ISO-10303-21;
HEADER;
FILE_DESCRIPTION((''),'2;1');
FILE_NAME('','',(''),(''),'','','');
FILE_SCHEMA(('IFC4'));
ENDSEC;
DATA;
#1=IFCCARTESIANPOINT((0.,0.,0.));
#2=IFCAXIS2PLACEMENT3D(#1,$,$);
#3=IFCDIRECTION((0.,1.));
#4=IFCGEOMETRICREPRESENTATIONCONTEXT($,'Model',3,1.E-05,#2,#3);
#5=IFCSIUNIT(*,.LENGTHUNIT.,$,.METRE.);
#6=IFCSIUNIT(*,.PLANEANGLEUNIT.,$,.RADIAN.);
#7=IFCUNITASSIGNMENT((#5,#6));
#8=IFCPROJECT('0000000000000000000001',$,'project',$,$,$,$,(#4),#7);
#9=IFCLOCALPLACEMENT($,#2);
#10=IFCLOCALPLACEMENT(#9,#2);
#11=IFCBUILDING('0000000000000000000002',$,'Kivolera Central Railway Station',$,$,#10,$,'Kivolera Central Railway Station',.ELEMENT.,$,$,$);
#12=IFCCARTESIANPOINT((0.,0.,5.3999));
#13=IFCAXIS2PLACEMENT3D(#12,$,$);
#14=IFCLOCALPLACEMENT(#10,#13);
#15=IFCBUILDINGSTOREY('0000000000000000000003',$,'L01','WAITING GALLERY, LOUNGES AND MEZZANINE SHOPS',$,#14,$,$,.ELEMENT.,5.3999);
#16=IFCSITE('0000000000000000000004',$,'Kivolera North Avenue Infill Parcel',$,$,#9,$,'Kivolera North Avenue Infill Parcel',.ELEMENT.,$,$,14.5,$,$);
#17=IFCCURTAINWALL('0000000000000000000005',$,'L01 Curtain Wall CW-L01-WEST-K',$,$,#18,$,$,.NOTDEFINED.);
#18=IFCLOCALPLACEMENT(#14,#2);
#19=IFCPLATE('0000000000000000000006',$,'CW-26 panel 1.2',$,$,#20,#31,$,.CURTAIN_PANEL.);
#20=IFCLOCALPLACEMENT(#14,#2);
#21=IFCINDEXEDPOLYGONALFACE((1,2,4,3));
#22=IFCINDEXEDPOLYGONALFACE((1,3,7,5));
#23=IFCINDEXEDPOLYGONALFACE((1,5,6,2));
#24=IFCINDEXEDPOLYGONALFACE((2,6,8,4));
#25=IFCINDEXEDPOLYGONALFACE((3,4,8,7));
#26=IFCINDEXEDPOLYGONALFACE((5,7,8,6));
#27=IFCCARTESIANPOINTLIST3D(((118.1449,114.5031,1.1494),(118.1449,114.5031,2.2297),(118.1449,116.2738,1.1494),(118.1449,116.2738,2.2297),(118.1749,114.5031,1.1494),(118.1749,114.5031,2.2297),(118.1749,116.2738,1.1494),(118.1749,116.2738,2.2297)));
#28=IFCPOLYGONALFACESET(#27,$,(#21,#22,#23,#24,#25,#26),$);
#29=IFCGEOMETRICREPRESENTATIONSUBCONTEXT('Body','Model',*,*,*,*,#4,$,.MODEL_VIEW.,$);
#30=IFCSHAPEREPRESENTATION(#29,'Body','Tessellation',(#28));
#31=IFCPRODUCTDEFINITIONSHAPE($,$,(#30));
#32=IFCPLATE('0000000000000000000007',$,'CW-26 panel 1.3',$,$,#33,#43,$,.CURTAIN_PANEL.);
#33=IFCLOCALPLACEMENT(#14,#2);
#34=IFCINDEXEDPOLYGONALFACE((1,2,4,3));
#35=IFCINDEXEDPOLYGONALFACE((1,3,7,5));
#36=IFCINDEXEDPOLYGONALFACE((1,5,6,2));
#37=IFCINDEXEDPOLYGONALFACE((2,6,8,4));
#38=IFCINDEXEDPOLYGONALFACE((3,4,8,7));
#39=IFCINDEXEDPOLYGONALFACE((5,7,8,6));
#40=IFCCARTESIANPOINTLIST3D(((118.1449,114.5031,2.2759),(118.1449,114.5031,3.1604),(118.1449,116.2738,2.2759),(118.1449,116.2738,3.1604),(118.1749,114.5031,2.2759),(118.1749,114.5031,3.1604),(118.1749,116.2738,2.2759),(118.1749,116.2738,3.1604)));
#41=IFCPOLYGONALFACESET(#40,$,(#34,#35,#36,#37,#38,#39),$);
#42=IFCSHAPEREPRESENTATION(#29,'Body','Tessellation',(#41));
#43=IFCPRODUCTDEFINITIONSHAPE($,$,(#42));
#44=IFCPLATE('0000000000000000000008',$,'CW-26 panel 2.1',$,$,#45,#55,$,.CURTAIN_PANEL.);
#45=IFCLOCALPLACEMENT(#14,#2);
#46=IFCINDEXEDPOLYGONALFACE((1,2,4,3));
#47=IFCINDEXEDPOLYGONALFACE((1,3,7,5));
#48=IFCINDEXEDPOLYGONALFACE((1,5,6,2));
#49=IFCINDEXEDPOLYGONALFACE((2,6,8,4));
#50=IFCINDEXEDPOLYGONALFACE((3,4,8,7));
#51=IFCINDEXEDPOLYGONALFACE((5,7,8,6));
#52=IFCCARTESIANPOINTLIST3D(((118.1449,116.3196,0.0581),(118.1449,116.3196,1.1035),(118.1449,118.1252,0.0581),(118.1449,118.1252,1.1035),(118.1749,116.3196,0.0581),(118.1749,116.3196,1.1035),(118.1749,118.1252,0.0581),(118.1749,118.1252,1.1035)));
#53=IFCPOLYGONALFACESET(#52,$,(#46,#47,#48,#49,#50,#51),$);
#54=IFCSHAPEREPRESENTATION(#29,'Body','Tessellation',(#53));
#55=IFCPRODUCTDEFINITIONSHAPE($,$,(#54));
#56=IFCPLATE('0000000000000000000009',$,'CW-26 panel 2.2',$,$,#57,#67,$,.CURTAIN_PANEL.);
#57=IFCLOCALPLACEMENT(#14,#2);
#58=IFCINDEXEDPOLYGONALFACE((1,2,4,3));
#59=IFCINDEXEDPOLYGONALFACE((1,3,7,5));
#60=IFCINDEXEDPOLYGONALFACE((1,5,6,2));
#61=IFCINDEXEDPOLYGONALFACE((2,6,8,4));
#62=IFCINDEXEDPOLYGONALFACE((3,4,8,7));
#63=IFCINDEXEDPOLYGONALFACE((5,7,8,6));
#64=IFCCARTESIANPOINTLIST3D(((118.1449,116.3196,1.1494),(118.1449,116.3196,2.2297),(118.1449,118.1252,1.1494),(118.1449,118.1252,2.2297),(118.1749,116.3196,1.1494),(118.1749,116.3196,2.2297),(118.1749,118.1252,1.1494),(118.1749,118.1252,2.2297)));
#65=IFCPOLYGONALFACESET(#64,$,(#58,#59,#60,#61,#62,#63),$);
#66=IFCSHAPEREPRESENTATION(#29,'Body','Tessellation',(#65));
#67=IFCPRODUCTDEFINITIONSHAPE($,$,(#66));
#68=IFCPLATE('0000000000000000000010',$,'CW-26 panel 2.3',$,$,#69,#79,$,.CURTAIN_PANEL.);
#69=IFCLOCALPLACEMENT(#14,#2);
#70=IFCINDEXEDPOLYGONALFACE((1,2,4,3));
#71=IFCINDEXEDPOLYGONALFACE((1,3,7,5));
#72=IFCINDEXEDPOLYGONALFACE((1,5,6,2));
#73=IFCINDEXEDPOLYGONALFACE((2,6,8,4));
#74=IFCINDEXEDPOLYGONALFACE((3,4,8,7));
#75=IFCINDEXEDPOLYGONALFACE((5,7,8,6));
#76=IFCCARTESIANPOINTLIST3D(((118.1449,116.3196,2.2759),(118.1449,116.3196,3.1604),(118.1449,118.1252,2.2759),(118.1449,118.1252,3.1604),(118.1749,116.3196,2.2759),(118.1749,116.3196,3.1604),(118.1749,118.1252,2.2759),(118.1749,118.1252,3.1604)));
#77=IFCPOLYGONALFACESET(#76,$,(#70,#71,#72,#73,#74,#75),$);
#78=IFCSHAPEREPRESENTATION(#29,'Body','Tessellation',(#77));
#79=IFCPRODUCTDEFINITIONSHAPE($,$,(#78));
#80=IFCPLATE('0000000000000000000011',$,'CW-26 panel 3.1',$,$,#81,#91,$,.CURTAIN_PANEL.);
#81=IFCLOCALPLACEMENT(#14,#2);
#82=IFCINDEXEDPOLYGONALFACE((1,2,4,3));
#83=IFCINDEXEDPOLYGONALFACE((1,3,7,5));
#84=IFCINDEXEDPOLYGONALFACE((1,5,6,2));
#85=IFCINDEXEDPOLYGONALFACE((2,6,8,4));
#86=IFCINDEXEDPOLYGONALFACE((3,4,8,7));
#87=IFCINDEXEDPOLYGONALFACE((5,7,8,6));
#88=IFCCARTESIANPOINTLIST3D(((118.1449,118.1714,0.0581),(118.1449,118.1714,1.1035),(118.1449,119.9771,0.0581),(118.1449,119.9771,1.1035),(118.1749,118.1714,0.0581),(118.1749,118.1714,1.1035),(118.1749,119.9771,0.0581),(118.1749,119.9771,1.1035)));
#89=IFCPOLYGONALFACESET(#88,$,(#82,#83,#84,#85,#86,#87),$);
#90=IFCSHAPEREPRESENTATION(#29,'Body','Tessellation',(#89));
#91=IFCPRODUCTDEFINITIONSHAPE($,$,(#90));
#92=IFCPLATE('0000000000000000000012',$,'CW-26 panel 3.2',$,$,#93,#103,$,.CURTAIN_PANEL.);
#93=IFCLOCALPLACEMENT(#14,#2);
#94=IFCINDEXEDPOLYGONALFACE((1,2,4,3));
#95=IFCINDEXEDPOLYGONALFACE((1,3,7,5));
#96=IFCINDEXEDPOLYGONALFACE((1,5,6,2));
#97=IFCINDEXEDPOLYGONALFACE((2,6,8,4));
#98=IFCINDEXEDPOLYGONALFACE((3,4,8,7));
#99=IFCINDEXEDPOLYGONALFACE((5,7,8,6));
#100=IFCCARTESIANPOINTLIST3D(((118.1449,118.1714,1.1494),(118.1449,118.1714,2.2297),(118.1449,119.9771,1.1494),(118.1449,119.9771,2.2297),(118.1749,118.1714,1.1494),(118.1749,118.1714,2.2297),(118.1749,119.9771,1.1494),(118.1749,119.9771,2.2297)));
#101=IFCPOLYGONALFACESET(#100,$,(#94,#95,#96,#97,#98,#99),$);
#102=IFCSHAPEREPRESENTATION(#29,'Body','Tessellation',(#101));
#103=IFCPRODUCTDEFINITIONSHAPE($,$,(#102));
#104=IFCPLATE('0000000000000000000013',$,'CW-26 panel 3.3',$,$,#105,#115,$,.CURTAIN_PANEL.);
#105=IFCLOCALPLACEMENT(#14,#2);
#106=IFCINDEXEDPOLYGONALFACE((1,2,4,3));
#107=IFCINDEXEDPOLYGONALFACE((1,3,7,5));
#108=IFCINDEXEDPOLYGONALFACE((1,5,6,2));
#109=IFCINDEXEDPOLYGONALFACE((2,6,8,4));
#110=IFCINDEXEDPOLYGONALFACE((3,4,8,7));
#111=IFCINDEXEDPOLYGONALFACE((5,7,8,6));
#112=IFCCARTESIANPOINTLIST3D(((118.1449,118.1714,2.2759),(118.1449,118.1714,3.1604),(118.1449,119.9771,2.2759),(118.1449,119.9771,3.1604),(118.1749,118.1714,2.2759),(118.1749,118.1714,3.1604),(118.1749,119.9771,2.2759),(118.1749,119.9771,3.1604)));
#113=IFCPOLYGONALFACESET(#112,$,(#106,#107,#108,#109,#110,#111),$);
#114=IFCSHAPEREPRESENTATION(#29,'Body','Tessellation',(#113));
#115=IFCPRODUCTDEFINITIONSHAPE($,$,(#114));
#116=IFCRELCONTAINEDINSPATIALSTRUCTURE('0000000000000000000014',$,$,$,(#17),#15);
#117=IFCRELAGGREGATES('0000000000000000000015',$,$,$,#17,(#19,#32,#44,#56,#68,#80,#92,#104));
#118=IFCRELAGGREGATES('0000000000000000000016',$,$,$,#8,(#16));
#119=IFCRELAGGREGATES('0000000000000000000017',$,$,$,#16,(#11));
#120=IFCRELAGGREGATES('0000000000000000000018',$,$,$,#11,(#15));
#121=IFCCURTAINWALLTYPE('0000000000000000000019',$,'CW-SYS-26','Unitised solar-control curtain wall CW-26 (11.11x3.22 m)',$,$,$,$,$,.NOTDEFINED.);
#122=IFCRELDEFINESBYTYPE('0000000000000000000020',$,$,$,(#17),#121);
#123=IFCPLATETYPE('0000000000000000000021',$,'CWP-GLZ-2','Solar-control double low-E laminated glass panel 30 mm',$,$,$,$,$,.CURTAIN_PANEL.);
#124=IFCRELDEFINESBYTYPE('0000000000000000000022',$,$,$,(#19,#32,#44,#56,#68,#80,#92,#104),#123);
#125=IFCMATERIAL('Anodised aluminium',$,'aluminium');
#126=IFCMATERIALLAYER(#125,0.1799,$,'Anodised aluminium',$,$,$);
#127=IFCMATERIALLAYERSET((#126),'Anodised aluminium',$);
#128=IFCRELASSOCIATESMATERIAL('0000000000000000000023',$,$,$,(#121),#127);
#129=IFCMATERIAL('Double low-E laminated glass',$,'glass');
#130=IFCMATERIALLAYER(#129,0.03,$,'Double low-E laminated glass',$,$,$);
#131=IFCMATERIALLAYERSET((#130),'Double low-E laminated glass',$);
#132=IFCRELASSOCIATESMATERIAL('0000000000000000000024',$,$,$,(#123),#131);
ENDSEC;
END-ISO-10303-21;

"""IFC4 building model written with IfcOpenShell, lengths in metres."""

from ifc_helpers import new_model, si_unit, direction, frame, origin, origin_2d, place, context, subcontext, project, spatial, rectangle, extrude, material, layer, layer_set, type_object, element, aggregate, save


model = new_model("IFC4")

# Units and contexts
model_context = context("Model", 3, precision=1e-05, world=origin(), true_north=direction((0.0, 1.0)))
body_context = subcontext(model_context, "Body", "Model", "MODEL_VIEW")
ifc_project = project(units=[si_unit("LENGTHUNIT", "METRE"), si_unit("PLANEANGLEUNIT", "RADIAN")], contexts=[model_context])

# Site, building, storey
site_placement = place(None, origin())
site = spatial("IfcSite", under=ifc_project, at=site_placement, Name="Kivolera North Avenue Infill Parcel", LongName="Kivolera North Avenue Infill Parcel", CompositionType="ELEMENT", RefElevation=14.5)
building_placement = place(site_placement, origin())
building = spatial("IfcBuilding", under=site, at=building_placement, Name="Kivolera Central Railway Station", LongName="Kivolera Central Railway Station", CompositionType="ELEMENT")
storey_placement = place(building_placement, frame((0.0, 0.0, 5.3999)))
storey = spatial("IfcBuildingStorey", under=building, at=storey_placement, Name="L01", Description="WAITING GALLERY, LOUNGES AND MEZZANINE SHOPS", CompositionType="ELEMENT", Elevation=5.3999)

# Curtain wall, plates
ifc_material_1 = material(Name="Anodised aluminium", Category="aluminium")
ifc_layer_1 = layer(ifc_material_1, 0.1799, Name="Anodised aluminium")
ifc_layer_set_1 = layer_set([ifc_layer_1], Name="Anodised aluminium")
curtain_wall_type = type_object("IfcCurtainWallType", Name="CW-SYS-26", Description="Unitised solar-control curtain wall CW-26 (11.11x3.22 m)", PredefinedType="NOTDEFINED", material=ifc_layer_set_1)
curtain_wall_placement = place(storey_placement, origin())
curtain_wall = element("IfcCurtainWall", 1, at=curtain_wall_placement, inside=storey, type_object=curtain_wall_type, Name="L01 Curtain Wall CW-L01-WEST-K", PredefinedType="NOTDEFINED")
ifc_material_2 = material(Name="Double low-E laminated glass", Category="glass")
ifc_layer_2 = layer(ifc_material_2, 0.03, Name="Double low-E laminated glass")
ifc_layer_set_2 = layer_set([ifc_layer_2], Name="Double low-E laminated glass")
plate_type = type_object("IfcPlateType", Name="CWP-GLZ-2", Description="Solar-control double low-E laminated glass panel 30 mm", PredefinedType="CURTAIN_PANEL", material=ifc_layer_set_2)
plate_1_placement = place(storey_placement, frame((118.1599, 115.3884, 1.1494), z_axis=(0.0, 0.0, 1.0), x_axis=(0.0, 1.0, 0.0)))
plate_1 = element("IfcPlate", 2, at=plate_1_placement, type_object=plate_type, Name="CW-26 panel 1.2", PredefinedType="CURTAIN_PANEL", context=body_context, shape_type="SweptSolid", body=[
    extrude(rectangle(XDim=1.7708, YDim=0.03, at=origin_2d()), origin(), (0.0, 0.0, 1.0), 1.0803),
])
plate_2_placement = place(storey_placement, frame((118.1599, 115.3884, 2.2759), z_axis=(0.0, 0.0, 1.0), x_axis=(0.0, 1.0, 0.0)))
plate_2 = element("IfcPlate", 3, at=plate_2_placement, type_object=plate_type, Name="CW-26 panel 1.3", PredefinedType="CURTAIN_PANEL", context=body_context, shape_type="SweptSolid", body=[
    extrude(rectangle(XDim=1.7708, YDim=0.03, at=origin_2d()), origin(), (0.0, 0.0, 1.0), 0.8845),
])
plate_3_placement = place(storey_placement, frame((118.1599, 117.2224, 0.0581), z_axis=(0.0, 0.0, 1.0), x_axis=(0.0, 1.0, 0.0)))
plate_3 = element("IfcPlate", 4, at=plate_3_placement, type_object=plate_type, Name="CW-26 panel 2.1", PredefinedType="CURTAIN_PANEL", context=body_context, shape_type="SweptSolid", body=[
    extrude(rectangle(XDim=1.8057, YDim=0.03, at=origin_2d()), origin(), (0.0, 0.0, 1.0), 1.0454),
])
plate_4_placement = place(storey_placement, frame((118.1599, 117.2224, 1.1494), z_axis=(0.0, 0.0, 1.0), x_axis=(0.0, 1.0, 0.0)))
plate_4 = element("IfcPlate", 5, at=plate_4_placement, type_object=plate_type, Name="CW-26 panel 2.2", PredefinedType="CURTAIN_PANEL", context=body_context, shape_type="SweptSolid", body=[
    extrude(rectangle(XDim=1.8057, YDim=0.03, at=origin_2d()), origin(), (0.0, 0.0, 1.0), 1.0803),
])
plate_5_placement = place(storey_placement, frame((118.1599, 117.2224, 2.2759), z_axis=(0.0, 0.0, 1.0), x_axis=(0.0, 1.0, 0.0)))
plate_5 = element("IfcPlate", 6, at=plate_5_placement, type_object=plate_type, Name="CW-26 panel 2.3", PredefinedType="CURTAIN_PANEL", context=body_context, shape_type="SweptSolid", body=[
    extrude(rectangle(XDim=1.8057, YDim=0.03, at=origin_2d()), origin(), (0.0, 0.0, 1.0), 0.8845),
])
plate_6_placement = place(storey_placement, frame((118.1599, 119.0742, 0.0581), z_axis=(0.0, 0.0, 1.0), x_axis=(0.0, 1.0, 0.0)))
plate_6 = element("IfcPlate", 7, at=plate_6_placement, type_object=plate_type, Name="CW-26 panel 3.1", PredefinedType="CURTAIN_PANEL", context=body_context, shape_type="SweptSolid", body=[
    extrude(rectangle(XDim=1.8057, YDim=0.03, at=origin_2d()), origin(), (0.0, 0.0, 1.0), 1.0454),
])
plate_7_placement = place(storey_placement, frame((118.1599, 119.0742, 1.1494), z_axis=(0.0, 0.0, 1.0), x_axis=(0.0, 1.0, 0.0)))
plate_7 = element("IfcPlate", 8, at=plate_7_placement, type_object=plate_type, Name="CW-26 panel 3.2", PredefinedType="CURTAIN_PANEL", context=body_context, shape_type="SweptSolid", body=[
    extrude(rectangle(XDim=1.8057, YDim=0.03, at=origin_2d()), origin(), (0.0, 0.0, 1.0), 1.0803),
])
plate_8_placement = place(storey_placement, frame((118.1599, 119.0742, 2.2759), z_axis=(0.0, 0.0, 1.0), x_axis=(0.0, 1.0, 0.0)))
plate_8 = element("IfcPlate", 9, at=plate_8_placement, type_object=plate_type, Name="CW-26 panel 3.3", PredefinedType="CURTAIN_PANEL", context=body_context, shape_type="SweptSolid", body=[
    extrude(rectangle(XDim=1.8057, YDim=0.03, at=origin_2d()), origin(), (0.0, 0.0, 1.0), 0.8845),
])
aggregate(curtain_wall, [plate_1, plate_2, plate_3, plate_4, plate_5, plate_6, plate_7, plate_8])

save(model, "model.ifc")
